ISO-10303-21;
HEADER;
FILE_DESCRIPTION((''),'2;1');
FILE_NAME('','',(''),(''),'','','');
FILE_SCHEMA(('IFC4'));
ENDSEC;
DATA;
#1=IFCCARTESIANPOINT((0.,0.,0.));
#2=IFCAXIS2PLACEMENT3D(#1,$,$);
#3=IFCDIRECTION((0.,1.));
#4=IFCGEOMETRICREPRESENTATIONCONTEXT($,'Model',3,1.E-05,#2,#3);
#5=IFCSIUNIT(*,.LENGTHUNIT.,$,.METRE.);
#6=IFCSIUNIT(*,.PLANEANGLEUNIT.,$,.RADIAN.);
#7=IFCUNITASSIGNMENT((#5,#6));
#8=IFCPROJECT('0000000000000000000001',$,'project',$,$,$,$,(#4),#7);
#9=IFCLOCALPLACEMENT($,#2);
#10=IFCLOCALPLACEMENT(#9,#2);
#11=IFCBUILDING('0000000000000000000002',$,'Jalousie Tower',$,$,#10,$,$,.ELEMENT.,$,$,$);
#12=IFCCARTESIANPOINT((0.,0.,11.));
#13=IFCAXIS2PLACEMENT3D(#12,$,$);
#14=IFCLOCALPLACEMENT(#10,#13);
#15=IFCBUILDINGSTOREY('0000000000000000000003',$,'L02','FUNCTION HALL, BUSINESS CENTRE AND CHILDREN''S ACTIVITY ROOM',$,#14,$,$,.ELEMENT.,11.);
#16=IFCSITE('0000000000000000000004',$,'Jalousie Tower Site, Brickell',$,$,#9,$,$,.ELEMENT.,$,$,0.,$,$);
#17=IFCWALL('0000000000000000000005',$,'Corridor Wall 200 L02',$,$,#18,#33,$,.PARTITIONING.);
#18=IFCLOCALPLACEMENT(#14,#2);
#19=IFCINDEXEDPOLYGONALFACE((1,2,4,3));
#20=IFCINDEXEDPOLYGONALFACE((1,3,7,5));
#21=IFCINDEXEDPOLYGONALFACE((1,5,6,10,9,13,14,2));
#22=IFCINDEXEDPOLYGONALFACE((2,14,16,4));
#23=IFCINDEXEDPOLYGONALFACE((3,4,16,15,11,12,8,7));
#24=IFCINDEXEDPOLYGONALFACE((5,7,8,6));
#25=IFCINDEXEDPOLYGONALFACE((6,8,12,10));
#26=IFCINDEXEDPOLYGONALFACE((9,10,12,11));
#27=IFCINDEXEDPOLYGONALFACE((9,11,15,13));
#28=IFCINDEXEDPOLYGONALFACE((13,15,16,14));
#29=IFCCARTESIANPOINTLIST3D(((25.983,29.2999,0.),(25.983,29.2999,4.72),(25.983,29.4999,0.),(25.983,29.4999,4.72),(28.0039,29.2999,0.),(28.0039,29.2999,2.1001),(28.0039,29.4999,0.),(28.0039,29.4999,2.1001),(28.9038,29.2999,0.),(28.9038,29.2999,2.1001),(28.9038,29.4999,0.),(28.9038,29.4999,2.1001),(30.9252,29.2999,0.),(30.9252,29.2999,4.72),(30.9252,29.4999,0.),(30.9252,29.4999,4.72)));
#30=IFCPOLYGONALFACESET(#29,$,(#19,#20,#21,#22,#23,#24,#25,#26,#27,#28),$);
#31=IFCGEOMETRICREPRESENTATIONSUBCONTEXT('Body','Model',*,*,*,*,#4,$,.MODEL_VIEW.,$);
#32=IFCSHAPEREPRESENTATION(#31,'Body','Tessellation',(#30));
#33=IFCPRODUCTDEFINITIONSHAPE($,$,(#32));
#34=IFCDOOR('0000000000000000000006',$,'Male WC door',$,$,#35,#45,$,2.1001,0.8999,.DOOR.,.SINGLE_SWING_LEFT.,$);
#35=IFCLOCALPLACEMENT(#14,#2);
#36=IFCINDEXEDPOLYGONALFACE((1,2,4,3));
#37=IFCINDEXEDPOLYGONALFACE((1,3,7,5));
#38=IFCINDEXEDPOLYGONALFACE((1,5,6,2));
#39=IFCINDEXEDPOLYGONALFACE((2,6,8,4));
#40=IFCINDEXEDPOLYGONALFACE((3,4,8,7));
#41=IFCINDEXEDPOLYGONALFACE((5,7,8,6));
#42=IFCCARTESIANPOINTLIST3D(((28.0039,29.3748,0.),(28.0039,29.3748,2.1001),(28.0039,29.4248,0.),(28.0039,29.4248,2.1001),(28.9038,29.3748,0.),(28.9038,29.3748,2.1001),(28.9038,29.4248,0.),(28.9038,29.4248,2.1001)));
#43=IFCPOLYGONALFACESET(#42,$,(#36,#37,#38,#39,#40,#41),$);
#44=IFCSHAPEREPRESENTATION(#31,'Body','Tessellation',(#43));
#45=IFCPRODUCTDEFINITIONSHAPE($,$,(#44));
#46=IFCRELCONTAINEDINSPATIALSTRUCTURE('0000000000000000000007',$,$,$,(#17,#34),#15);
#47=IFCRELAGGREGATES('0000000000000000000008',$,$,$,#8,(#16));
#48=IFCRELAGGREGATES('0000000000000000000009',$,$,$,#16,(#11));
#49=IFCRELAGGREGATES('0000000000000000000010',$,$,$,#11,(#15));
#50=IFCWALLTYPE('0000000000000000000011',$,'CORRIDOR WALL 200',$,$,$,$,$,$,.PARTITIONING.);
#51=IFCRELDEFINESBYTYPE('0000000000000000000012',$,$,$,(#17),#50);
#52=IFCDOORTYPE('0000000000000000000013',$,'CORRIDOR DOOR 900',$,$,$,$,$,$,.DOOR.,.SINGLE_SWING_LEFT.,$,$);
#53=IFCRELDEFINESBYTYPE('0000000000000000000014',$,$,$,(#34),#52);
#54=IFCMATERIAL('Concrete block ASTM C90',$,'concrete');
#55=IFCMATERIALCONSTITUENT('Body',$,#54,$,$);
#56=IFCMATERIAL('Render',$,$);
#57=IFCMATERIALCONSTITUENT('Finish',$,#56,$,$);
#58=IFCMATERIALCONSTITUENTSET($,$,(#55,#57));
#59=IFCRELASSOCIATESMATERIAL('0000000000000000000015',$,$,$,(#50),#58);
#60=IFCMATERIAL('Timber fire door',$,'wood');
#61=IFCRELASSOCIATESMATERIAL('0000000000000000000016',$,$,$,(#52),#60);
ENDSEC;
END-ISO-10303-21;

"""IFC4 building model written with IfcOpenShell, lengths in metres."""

from ifc_helpers import new_model, si_unit, direction, frame, frame_2d, origin, place, context, subcontext, project, spatial, rectangle, extrude, material, constituent, constituent_set, type_object, element, fill, save


model = new_model("IFC4")

# Units and contexts
model_context = context("Model", 3, precision=1e-05, world=origin(), true_north=direction((0.0, 1.0)))
body_context = subcontext(model_context, "Body", "Model", "MODEL_VIEW")
ifc_project = project(units=[si_unit("LENGTHUNIT", "METRE"), si_unit("PLANEANGLEUNIT", "RADIAN")], contexts=[model_context])

# Site, building, storey
site_placement = place(None, origin())
site = spatial("IfcSite", under=ifc_project, at=site_placement, Name="Jalousie Tower Site, Brickell", CompositionType="ELEMENT", RefElevation=0.0)
building_placement = place(site_placement, origin())
building = spatial("IfcBuilding", under=site, at=building_placement, Name="Jalousie Tower", CompositionType="ELEMENT")
storey_placement = place(building_placement, frame((0.0, 0.0, 11.0)))
storey = spatial("IfcBuildingStorey", under=building, at=storey_placement, Name="L02", Description="FUNCTION HALL, BUSINESS CENTRE AND CHILDREN'S ACTIVITY ROOM", CompositionType="ELEMENT", Elevation=11.0)

# Wall, opening, door
ifc_material_1 = material(Name="Concrete block ASTM C90", Category="concrete")
ifc_constituent_1 = constituent(ifc_material_1, Name="Body")
ifc_material_2 = material(Name="Render")
ifc_constituent_2 = constituent(ifc_material_2, Name="Finish")
ifc_constituent_set_1 = constituent_set(constituents=[ifc_constituent_1, ifc_constituent_2])
wall_type_1 = type_object("IfcWallType", Name="CORRIDOR WALL 200", PredefinedType="PARTITIONING", material=ifc_constituent_set_1)
ifc_material_3 = material(Name="Timber fire door", Category="wood")
door_type_1 = type_object("IfcDoorType", Name="CORRIDOR DOOR 900", OperationType="SINGLE_SWING_LEFT", PredefinedType="DOOR", material=ifc_material_3)
wall_1_placement = place(storey_placement, frame((25.9829, 29.3999, 0.0), z_axis=(0.0, 0.0, 1.0), x_axis=(1.0, 0.0, 0.0)))
wall_1 = element("IfcWall", 1, at=wall_1_placement, inside=storey, type_object=wall_type_1, Name="Corridor Wall 200 L02", PredefinedType="PARTITIONING", context=body_context, shape_type="SweptSolid", body=[
    extrude(rectangle(XDim=4.9421, YDim=0.2, at=frame_2d((2.4712, 0.0))), origin(), (0.0, 0.0, 1.0), 4.72),
])
opening_1_placement = place(wall_1_placement, frame((2.021, 0.0, 0.0)))
opening_1 = element("IfcOpeningElement", 2, at=opening_1_placement, cuts=wall_1, PredefinedType="OPENING", context=body_context, shape_type="SweptSolid", body=[
    extrude(rectangle(XDim=0.8999, YDim=2.1001, at=frame_2d((0.45, 1.05))), frame((0.0, 0.1099, 0.0), z_axis=(0.0, -1.0, 0.0), x_axis=(1.0, 0.0, 0.0)), (0.0, 0.0, 1.0), 0.22),
])
door_1_placement = place(opening_1_placement, origin())
door_1 = element("IfcDoor", 3, at=door_1_placement, inside=storey, type_object=door_type_1, Name="Male WC door", OperationType="SINGLE_SWING_LEFT", OverallHeight=2.1001, OverallWidth=0.8999, PredefinedType="DOOR", context=body_context, shape_type="SweptSolid", body=[
    extrude(rectangle(XDim=0.8999, YDim=2.1001, at=frame_2d((0.45, 1.05))), frame((0.0, 0.0249, 0.0), z_axis=(0.0, -1.0, 0.0), x_axis=(1.0, 0.0, 0.0)), (0.0, 0.0, 1.0), 0.05),
])
fill(opening_1, door_1)

save(model, "model.ifc")
